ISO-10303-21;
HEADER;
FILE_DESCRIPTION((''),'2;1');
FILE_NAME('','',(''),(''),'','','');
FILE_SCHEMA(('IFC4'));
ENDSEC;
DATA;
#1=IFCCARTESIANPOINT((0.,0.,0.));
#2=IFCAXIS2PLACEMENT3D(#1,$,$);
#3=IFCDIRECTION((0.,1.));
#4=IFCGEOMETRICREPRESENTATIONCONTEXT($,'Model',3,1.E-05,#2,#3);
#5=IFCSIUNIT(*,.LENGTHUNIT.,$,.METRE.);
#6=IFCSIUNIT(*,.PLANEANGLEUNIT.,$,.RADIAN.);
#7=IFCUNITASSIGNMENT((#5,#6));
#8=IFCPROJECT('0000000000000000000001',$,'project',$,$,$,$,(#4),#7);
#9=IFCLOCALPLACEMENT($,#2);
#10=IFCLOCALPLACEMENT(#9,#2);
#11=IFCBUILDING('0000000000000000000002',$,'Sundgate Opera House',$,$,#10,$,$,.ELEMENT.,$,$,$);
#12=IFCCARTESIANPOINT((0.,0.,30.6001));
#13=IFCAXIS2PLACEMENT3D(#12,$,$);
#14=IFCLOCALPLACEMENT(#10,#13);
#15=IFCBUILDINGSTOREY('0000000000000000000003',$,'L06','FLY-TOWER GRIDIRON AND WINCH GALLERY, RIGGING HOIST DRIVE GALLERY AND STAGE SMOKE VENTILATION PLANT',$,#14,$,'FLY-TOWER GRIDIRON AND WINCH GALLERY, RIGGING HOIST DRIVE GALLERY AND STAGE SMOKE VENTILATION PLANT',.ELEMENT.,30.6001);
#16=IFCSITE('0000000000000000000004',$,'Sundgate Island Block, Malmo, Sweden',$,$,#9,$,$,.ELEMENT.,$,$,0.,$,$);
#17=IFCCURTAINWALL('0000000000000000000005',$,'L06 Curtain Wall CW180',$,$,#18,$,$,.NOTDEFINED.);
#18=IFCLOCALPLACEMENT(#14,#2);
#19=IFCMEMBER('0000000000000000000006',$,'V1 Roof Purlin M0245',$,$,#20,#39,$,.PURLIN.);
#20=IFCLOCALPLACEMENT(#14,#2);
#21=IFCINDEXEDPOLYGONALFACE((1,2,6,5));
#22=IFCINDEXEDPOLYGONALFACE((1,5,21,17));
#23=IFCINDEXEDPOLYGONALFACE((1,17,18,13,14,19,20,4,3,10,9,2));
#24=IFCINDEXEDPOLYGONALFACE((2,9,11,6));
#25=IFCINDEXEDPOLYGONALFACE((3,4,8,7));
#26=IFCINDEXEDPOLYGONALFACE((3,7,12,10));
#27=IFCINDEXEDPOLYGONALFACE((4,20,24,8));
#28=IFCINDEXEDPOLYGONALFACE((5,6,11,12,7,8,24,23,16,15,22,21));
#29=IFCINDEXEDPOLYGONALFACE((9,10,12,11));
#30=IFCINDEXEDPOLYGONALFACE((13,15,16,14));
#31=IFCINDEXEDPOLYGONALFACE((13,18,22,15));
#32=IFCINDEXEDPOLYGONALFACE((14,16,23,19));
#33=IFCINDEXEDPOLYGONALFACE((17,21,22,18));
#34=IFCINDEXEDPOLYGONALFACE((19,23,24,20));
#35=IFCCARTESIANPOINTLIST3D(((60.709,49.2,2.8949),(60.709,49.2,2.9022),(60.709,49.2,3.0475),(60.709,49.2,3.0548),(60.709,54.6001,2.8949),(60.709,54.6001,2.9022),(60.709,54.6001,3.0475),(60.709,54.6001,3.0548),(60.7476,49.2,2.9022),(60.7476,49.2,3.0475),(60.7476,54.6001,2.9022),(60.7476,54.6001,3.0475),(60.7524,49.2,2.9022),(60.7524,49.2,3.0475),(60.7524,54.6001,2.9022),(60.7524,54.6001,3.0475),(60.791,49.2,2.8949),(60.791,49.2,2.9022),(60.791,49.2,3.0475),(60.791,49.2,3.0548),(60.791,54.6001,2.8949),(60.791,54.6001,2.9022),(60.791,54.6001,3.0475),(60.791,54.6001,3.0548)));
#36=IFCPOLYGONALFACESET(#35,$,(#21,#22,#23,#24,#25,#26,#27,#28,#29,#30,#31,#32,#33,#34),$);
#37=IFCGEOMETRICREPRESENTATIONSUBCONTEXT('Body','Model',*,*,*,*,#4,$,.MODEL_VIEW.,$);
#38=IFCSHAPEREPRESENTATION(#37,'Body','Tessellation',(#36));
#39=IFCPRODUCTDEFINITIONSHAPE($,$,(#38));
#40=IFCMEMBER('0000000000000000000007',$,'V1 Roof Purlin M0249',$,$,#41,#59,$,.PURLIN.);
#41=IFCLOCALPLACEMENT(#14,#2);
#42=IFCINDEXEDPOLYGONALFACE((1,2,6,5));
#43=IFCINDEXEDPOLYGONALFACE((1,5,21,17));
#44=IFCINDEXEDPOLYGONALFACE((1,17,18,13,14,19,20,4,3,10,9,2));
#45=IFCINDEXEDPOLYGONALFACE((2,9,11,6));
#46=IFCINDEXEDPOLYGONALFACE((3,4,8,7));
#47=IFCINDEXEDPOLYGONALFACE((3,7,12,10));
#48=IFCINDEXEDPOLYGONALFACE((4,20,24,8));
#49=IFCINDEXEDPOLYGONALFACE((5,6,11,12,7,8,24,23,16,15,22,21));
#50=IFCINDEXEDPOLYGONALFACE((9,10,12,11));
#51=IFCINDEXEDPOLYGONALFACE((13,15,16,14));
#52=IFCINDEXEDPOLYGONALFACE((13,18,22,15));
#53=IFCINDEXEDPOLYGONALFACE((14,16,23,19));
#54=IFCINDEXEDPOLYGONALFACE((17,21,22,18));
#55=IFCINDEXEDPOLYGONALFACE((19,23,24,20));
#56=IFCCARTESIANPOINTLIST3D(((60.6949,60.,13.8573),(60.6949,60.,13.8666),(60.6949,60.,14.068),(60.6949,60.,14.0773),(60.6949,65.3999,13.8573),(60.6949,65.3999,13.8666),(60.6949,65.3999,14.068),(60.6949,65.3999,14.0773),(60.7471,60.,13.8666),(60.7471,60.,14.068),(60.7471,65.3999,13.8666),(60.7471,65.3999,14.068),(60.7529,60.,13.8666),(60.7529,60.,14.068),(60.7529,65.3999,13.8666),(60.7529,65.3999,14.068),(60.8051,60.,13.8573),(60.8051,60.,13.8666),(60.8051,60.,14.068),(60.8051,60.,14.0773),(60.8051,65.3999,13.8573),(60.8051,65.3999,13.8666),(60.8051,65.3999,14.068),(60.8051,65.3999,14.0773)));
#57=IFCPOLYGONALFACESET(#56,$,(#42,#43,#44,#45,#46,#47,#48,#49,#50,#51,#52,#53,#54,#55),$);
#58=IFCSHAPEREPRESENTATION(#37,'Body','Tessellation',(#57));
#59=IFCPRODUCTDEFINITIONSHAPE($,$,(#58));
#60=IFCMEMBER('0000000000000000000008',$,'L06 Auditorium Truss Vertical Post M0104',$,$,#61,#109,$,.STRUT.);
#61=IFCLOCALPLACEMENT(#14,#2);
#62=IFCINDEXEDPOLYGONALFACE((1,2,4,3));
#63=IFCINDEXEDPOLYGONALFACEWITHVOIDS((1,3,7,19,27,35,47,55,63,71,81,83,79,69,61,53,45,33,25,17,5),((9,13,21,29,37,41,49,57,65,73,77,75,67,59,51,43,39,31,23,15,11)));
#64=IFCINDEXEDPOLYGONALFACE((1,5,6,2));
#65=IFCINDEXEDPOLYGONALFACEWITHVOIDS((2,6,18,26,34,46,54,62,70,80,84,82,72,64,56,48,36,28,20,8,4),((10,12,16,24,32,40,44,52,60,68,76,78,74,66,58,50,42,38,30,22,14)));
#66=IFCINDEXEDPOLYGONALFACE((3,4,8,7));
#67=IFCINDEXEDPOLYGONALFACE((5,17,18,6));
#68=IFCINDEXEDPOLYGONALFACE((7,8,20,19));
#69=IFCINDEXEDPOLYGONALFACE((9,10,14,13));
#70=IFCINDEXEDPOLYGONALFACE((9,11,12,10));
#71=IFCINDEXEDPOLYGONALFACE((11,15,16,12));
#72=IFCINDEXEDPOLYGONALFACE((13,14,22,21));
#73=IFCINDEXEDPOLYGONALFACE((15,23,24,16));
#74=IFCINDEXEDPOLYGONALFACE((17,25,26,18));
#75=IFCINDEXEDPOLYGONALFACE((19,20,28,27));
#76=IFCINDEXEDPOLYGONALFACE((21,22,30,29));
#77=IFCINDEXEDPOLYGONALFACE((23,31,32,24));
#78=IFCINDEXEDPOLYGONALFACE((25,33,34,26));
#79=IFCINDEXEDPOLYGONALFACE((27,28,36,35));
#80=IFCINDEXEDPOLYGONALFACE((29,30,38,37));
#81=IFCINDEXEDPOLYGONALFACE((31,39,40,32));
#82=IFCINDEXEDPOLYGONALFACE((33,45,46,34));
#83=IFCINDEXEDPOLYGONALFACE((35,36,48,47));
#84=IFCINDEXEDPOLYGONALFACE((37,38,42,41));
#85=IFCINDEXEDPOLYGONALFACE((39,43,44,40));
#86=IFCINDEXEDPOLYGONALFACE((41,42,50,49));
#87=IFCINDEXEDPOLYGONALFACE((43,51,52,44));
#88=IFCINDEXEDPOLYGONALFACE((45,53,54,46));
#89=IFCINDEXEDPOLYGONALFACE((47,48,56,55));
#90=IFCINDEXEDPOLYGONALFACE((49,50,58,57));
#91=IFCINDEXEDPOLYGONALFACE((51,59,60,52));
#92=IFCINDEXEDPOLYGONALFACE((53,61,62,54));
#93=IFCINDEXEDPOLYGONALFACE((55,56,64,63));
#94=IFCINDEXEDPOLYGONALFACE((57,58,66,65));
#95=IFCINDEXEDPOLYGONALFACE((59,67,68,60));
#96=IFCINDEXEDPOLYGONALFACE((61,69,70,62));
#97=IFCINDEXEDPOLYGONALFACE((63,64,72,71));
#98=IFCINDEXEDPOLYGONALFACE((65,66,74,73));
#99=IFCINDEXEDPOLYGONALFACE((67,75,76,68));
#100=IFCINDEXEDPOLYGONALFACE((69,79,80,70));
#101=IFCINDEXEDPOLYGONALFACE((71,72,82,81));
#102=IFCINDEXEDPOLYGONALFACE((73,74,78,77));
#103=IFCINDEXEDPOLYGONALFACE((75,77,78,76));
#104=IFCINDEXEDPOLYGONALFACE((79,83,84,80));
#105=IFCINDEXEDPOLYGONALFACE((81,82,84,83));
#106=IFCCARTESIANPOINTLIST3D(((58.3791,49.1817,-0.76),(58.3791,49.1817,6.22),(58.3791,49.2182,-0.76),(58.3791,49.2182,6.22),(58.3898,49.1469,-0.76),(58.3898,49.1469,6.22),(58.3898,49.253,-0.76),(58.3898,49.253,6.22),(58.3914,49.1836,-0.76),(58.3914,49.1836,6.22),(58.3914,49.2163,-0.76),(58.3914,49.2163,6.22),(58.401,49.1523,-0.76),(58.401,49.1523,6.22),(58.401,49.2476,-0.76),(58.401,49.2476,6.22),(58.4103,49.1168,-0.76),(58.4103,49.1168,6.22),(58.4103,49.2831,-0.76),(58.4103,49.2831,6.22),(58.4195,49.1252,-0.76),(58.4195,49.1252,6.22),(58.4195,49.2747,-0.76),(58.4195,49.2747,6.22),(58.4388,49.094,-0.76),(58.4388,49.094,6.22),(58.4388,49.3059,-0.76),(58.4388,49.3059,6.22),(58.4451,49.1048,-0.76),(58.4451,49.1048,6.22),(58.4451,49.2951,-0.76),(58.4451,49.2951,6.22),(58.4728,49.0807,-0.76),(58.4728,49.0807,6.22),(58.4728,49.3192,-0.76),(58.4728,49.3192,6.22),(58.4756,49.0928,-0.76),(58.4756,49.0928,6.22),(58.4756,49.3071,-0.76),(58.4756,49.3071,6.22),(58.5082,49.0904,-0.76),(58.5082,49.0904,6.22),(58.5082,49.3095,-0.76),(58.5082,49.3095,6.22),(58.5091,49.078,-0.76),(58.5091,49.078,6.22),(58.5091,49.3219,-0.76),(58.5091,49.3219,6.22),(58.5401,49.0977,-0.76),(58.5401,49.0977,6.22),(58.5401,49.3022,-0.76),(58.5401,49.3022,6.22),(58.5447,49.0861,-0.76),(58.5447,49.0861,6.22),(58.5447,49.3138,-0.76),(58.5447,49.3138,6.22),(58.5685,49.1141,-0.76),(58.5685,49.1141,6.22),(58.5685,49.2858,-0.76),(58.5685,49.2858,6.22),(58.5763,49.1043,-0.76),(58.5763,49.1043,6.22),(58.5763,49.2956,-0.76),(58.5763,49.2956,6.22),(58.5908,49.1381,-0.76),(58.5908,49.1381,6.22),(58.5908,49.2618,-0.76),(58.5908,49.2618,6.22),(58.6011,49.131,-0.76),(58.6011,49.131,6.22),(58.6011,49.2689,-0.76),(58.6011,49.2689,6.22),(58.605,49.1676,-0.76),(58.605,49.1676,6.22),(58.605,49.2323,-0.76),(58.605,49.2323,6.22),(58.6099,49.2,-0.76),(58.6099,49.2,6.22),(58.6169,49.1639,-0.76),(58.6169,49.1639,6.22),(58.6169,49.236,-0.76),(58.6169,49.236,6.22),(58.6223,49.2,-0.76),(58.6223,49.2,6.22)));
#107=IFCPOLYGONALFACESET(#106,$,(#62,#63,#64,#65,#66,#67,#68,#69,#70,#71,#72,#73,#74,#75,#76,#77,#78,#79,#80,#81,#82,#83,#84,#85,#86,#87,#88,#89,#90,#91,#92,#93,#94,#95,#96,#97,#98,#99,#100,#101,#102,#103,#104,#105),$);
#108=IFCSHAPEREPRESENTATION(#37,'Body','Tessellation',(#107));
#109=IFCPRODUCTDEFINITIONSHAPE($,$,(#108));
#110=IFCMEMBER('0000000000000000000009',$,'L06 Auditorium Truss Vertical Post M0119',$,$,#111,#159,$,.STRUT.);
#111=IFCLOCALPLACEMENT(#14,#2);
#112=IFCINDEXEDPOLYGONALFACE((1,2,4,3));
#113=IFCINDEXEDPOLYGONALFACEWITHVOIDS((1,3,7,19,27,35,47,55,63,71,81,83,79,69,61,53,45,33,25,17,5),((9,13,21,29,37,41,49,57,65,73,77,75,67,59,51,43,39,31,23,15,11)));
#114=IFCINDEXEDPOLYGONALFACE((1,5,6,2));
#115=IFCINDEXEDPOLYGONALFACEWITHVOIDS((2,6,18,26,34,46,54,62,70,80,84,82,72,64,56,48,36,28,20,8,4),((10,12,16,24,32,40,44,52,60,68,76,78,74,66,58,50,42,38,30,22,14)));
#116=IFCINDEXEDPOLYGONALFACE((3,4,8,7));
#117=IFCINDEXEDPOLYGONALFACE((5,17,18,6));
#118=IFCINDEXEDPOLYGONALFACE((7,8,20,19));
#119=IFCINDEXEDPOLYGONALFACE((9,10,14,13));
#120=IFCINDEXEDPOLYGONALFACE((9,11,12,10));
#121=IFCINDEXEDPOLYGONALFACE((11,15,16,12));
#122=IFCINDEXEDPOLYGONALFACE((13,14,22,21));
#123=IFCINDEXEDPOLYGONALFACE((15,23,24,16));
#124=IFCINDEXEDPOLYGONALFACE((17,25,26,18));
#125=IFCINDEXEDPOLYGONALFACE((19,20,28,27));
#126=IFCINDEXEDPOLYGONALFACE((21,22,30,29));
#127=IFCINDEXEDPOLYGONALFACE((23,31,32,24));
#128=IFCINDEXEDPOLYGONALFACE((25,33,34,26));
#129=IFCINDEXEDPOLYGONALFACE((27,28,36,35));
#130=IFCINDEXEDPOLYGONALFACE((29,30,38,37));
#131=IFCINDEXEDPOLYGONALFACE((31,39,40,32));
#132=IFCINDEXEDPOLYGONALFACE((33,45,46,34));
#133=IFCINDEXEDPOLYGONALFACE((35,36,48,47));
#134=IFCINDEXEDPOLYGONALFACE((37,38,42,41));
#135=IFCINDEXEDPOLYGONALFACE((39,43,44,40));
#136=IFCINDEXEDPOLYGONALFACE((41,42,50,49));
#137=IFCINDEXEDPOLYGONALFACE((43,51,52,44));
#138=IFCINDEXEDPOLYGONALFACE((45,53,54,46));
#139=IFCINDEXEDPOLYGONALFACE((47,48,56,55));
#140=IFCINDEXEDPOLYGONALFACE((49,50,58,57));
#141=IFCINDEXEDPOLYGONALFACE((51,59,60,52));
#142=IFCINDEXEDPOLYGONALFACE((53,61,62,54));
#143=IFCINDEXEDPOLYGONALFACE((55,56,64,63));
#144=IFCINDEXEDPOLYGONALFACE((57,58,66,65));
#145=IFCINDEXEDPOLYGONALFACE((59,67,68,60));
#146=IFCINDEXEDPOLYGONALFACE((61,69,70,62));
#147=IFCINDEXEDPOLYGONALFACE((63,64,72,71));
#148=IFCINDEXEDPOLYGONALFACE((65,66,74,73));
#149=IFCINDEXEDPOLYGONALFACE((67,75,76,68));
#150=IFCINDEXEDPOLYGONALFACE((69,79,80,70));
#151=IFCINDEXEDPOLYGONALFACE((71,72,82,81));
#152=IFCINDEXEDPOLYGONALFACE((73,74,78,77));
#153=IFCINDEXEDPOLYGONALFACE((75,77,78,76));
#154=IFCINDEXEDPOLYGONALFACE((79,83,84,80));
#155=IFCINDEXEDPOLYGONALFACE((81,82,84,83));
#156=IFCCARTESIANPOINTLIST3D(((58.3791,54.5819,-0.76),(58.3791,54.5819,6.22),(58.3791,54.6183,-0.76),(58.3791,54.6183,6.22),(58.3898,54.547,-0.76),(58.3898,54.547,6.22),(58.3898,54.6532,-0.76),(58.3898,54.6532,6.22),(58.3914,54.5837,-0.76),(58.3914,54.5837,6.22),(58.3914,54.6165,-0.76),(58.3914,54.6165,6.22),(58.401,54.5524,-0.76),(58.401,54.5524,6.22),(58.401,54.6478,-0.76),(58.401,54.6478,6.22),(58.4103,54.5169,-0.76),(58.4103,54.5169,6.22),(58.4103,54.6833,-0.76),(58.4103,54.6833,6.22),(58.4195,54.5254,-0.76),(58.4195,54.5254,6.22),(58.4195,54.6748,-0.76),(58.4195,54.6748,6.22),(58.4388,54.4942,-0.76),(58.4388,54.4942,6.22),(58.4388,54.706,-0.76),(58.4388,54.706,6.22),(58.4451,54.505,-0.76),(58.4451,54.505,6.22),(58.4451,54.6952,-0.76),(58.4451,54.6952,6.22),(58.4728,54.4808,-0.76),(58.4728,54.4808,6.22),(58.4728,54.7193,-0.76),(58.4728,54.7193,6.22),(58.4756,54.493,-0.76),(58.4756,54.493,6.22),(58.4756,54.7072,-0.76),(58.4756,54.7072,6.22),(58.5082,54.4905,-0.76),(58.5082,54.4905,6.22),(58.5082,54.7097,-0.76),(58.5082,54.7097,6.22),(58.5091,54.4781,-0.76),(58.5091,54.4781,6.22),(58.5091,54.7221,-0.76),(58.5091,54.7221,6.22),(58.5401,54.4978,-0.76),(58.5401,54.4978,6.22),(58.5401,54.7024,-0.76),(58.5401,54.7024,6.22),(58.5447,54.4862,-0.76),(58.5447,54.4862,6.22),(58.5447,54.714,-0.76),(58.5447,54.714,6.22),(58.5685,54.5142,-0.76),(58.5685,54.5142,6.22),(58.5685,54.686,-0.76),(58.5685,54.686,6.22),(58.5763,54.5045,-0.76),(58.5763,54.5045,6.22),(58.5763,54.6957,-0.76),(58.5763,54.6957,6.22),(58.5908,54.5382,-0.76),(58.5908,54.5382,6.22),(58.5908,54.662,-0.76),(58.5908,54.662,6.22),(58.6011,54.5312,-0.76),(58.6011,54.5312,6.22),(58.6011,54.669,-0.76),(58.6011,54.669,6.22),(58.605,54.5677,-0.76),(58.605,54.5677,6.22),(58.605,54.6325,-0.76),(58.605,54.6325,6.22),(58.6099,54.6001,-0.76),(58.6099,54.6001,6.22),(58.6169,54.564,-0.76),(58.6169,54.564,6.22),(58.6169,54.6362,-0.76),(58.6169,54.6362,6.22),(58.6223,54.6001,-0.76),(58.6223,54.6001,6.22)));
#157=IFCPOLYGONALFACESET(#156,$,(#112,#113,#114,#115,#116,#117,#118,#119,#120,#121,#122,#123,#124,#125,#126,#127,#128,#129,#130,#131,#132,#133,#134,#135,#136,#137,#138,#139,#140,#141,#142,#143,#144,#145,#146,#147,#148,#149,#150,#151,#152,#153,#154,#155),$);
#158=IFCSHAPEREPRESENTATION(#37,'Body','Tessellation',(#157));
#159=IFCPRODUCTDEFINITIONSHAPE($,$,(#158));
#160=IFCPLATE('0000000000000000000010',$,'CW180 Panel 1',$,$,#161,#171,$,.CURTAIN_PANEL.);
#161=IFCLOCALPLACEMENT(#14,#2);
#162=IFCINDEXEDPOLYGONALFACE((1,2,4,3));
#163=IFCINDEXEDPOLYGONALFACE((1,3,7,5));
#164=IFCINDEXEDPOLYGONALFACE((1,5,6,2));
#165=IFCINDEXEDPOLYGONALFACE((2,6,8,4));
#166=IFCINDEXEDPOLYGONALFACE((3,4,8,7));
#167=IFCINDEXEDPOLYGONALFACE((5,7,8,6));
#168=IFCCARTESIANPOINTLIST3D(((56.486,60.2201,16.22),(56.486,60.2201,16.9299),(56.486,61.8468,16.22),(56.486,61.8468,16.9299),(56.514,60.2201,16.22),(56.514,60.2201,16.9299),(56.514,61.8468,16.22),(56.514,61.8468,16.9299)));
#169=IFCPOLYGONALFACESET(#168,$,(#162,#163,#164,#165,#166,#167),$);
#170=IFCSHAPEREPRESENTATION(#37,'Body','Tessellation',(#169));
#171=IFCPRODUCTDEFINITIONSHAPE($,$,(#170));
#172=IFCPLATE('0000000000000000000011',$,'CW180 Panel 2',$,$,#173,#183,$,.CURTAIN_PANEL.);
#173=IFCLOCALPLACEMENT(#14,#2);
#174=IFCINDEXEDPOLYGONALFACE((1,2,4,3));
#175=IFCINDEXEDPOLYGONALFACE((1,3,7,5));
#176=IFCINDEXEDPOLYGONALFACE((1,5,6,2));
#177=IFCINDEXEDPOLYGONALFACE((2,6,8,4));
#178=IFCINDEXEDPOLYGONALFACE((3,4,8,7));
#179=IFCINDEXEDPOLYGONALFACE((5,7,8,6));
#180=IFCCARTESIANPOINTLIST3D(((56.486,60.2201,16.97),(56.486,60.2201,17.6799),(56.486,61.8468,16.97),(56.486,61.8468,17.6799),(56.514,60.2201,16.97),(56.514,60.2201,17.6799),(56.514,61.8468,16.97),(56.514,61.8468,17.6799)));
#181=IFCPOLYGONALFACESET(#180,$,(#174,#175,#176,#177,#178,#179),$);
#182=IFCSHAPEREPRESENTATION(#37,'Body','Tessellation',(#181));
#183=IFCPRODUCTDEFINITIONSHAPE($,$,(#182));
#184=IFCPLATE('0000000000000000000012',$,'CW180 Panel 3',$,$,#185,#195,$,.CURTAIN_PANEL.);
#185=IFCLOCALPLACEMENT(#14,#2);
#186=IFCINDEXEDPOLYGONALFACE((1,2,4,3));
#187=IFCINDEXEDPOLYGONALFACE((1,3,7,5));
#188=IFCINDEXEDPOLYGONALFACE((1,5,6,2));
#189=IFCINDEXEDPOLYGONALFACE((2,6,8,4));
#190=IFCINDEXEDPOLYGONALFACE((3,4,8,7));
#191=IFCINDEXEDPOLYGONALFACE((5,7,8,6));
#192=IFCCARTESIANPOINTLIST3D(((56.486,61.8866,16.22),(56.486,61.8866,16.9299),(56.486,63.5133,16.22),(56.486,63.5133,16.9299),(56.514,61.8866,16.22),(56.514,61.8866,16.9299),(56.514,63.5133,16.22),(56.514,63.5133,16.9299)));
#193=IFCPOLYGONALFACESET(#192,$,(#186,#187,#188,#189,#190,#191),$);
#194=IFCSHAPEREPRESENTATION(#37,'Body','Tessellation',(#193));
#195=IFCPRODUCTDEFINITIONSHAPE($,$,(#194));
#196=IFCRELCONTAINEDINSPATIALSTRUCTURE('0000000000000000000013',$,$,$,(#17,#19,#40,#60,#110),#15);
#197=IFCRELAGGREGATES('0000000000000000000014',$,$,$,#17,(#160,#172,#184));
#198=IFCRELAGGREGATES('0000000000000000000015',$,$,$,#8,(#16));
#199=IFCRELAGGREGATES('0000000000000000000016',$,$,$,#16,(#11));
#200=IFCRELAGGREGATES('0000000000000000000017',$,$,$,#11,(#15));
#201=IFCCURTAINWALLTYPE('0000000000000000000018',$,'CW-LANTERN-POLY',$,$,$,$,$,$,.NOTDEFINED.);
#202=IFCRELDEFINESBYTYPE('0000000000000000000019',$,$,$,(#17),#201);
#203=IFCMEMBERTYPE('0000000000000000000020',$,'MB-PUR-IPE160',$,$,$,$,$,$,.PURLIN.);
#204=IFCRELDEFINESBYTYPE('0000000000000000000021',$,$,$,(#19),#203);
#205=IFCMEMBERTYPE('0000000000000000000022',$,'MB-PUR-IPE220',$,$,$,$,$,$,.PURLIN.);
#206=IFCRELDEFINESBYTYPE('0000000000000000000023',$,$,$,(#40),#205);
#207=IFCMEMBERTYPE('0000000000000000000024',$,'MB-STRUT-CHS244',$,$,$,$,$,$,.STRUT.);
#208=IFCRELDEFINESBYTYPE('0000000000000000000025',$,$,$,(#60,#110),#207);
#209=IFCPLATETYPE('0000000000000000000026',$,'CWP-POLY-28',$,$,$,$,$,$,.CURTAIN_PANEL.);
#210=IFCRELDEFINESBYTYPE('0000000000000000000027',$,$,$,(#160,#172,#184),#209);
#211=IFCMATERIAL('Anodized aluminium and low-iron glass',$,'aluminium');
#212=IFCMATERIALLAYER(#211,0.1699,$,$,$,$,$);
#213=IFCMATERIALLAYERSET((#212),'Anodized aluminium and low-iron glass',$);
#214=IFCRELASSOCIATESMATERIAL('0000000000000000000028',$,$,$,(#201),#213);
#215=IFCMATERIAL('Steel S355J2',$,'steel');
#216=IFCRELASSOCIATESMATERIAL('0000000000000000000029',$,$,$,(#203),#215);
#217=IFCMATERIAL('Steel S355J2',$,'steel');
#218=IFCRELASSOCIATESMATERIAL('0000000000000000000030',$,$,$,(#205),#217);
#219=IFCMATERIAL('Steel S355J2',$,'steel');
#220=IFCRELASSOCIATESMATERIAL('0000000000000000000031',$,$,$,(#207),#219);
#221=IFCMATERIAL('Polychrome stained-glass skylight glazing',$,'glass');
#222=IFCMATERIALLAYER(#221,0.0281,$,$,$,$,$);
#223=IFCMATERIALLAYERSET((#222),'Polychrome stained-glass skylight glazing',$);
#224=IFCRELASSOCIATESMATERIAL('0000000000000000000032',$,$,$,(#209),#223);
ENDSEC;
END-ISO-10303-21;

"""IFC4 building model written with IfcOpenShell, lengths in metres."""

from ifc_helpers import new_model, si_unit, direction, frame, origin, origin_2d, place, context, subcontext, project, spatial, rectangle, hollow_circle, i_section, extrude, material, layer, layer_set, material_profile, profile_set, type_object, element, aggregate, save


model = new_model("IFC4")

# Units and contexts
model_context = context("Model", 3, precision=1e-05, world=origin(), true_north=direction((0.0, 1.0)))
body_context = subcontext(model_context, "Body", "Model", "MODEL_VIEW")
ifc_project = project(units=[si_unit("LENGTHUNIT", "METRE"), si_unit("PLANEANGLEUNIT", "RADIAN")], contexts=[model_context])

# Site, building, storey
site_placement = place(None, origin())
site = spatial("IfcSite", under=ifc_project, at=site_placement, Name="Sundgate Island Block, Malmo, Sweden", CompositionType="ELEMENT", RefElevation=0.0)
building_placement = place(site_placement, origin())
building = spatial("IfcBuilding", under=site, at=building_placement, Name="Sundgate Opera House", CompositionType="ELEMENT")
storey_placement = place(building_placement, frame((0.0, 0.0, 30.6001)))
storey = spatial("IfcBuildingStorey", under=building, at=storey_placement, Name="L06", Description="FLY-TOWER GRIDIRON AND WINCH GALLERY, RIGGING HOIST DRIVE GALLERY AND STAGE SMOKE VENTILATION PLANT", LongName="FLY-TOWER GRIDIRON AND WINCH GALLERY, RIGGING HOIST DRIVE GALLERY AND STAGE SMOKE VENTILATION PLANT", CompositionType="ELEMENT", Elevation=30.6001)

# Curtain wall
ifc_material_1 = material(Name="Anodized aluminium and low-iron glass", Category="aluminium")
ifc_layer_1 = layer(ifc_material_1, 0.1699)
ifc_layer_set_1 = layer_set([ifc_layer_1], Name="Anodized aluminium and low-iron glass")
curtain_wall_type = type_object("IfcCurtainWallType", Name="CW-LANTERN-POLY", PredefinedType="NOTDEFINED", material=ifc_layer_set_1)
curtain_wall_placement = place(storey_placement, origin())
curtain_wall = element("IfcCurtainWall", 1, at=curtain_wall_placement, inside=storey, type_object=curtain_wall_type, Name="L06 Curtain Wall CW180", PredefinedType="NOTDEFINED")

# Members
ifc_material_2 = material(Name="Steel S355J2", Category="steel")
ifc_material_profile_1 = material_profile(ifc_material_2, i_section(OverallWidth=0.082, OverallDepth=0.1599, WebThickness=0.0049, FlangeThickness=0.0073, at=origin_2d()), Name="IPE 160")
ifc_profile_set_1 = profile_set([ifc_material_profile_1], Name="Steel S355J2")
member_type_1 = type_object("IfcMemberType", Name="MB-PUR-IPE160", PredefinedType="PURLIN", material=ifc_profile_set_1)
member_1_placement = place(storey_placement, frame((60.75, 49.2, 2.9749), z_axis=(0.0, 1.0, 0.0), x_axis=(-1.0, 0.0, 0.0)))
element("IfcMember", 2, at=member_1_placement, inside=storey, type_object=member_type_1, Name="V1 Roof Purlin M0245", PredefinedType="PURLIN", context=body_context, shape_type="SweptSolid", body=[
    extrude(i_section(OverallWidth=0.082, OverallDepth=0.1599, WebThickness=0.0049, FlangeThickness=0.0073, at=origin_2d()), origin(), (0.0, 0.0, 1.0), 5.4001),
])
ifc_material_3 = material(Name="Steel S355J2", Category="steel")
ifc_material_profile_2 = material_profile(ifc_material_3, i_section(OverallWidth=0.1101, OverallDepth=0.22, WebThickness=0.0059, FlangeThickness=0.0093, at=origin_2d()), Name="IPE 220")
ifc_profile_set_2 = profile_set([ifc_material_profile_2], Name="Steel S355J2")
member_type_2 = type_object("IfcMemberType", Name="MB-PUR-IPE220", PredefinedType="PURLIN", material=ifc_profile_set_2)
member_2_placement = place(storey_placement, frame((60.75, 60.0, 13.9673), z_axis=(0.0, 1.0, 0.0), x_axis=(-1.0, 0.0, 0.0)))
element("IfcMember", 3, at=member_2_placement, inside=storey, type_object=member_type_2, Name="V1 Roof Purlin M0249", PredefinedType="PURLIN", context=body_context, shape_type="SweptSolid", body=[
    extrude(i_section(OverallWidth=0.1101, OverallDepth=0.22, WebThickness=0.0059, FlangeThickness=0.0093, at=origin_2d()), origin(), (0.0, 0.0, 1.0), 5.3999),
])
ifc_material_4 = material(Name="Steel S355J2", Category="steel")
ifc_material_profile_3 = material_profile(ifc_material_4, hollow_circle(Radius=0.1223, WallThickness=0.0125, at=origin_2d()), Name="CHS 244.5x12.5")
ifc_profile_set_3 = profile_set([ifc_material_profile_3], Name="Steel S355J2")
member_type_3 = type_object("IfcMemberType", Name="MB-STRUT-CHS244", PredefinedType="STRUT", material=ifc_profile_set_3)
for number, where, z_axis, x_axis, name in (
    (4, (58.5, 49.2, -0.76), (0.0, 0.0, 1.0), (1.0, 0.0, 0.0), "L06 Auditorium Truss Vertical Post M0104"),
    (5, (58.5, 54.6001, -0.76), (0.0, 0.0, 1.0), (1.0, 0.0, 0.0), "L06 Auditorium Truss Vertical Post M0119"),
):
    element("IfcMember", number, at=place(storey_placement, frame(where, z_axis=z_axis, x_axis=x_axis)), inside=storey, type_object=member_type_3, Name=name, PredefinedType="STRUT", context=body_context, shape_type="SweptSolid", body=[
        extrude(hollow_circle(Radius=0.1223, WallThickness=0.0125, at=origin_2d()), origin(), (0.0, 0.0, 1.0), 6.98),
    ])

# Plates
ifc_material_5 = material(Name="Polychrome stained-glass skylight glazing", Category="glass")
ifc_layer_2 = layer(ifc_material_5, 0.0281)
ifc_layer_set_2 = layer_set([ifc_layer_2], Name="Polychrome stained-glass skylight glazing")
plate_type_1 = type_object("IfcPlateType", Name="CWP-POLY-28", PredefinedType="CURTAIN_PANEL", material=ifc_layer_set_2)
plate_1_placement = place(storey_placement, frame((56.5, 61.0334, 16.22), z_axis=(0.0, 0.0, 1.0), x_axis=(0.0, 1.0, 0.0)))
plate_1 = element("IfcPlate", 6, at=plate_1_placement, type_object=plate_type_1, Name="CW180 Panel 1", PredefinedType="CURTAIN_PANEL", context=body_context, shape_type="SweptSolid", body=[
    extrude(rectangle(XDim=1.6267, YDim=0.0281, at=origin_2d()), origin(), (0.0, 0.0, 1.0), 0.71),
])
plate_2_placement = place(storey_placement, frame((56.5, 61.0334, 16.97), z_axis=(0.0, 0.0, 1.0), x_axis=(0.0, 1.0, 0.0)))
plate_2 = element("IfcPlate", 7, at=plate_2_placement, type_object=plate_type_1, Name="CW180 Panel 2", PredefinedType="CURTAIN_PANEL", context=body_context, shape_type="SweptSolid", body=[
    extrude(rectangle(XDim=1.6267, YDim=0.0281, at=origin_2d()), origin(), (0.0, 0.0, 1.0), 0.71),
])
plate_3_placement = place(storey_placement, frame((56.5, 62.7, 16.22), z_axis=(0.0, 0.0, 1.0), x_axis=(0.0, 1.0, 0.0)))
plate_3 = element("IfcPlate", 8, at=plate_3_placement, type_object=plate_type_1, Name="CW180 Panel 3", PredefinedType="CURTAIN_PANEL", context=body_context, shape_type="SweptSolid", body=[
    extrude(rectangle(XDim=1.6267, YDim=0.0281, at=origin_2d()), origin(), (0.0, 0.0, 1.0), 0.71),
])
aggregate(curtain_wall, [plate_1, plate_2, plate_3])

save(model, "model.ifc")
